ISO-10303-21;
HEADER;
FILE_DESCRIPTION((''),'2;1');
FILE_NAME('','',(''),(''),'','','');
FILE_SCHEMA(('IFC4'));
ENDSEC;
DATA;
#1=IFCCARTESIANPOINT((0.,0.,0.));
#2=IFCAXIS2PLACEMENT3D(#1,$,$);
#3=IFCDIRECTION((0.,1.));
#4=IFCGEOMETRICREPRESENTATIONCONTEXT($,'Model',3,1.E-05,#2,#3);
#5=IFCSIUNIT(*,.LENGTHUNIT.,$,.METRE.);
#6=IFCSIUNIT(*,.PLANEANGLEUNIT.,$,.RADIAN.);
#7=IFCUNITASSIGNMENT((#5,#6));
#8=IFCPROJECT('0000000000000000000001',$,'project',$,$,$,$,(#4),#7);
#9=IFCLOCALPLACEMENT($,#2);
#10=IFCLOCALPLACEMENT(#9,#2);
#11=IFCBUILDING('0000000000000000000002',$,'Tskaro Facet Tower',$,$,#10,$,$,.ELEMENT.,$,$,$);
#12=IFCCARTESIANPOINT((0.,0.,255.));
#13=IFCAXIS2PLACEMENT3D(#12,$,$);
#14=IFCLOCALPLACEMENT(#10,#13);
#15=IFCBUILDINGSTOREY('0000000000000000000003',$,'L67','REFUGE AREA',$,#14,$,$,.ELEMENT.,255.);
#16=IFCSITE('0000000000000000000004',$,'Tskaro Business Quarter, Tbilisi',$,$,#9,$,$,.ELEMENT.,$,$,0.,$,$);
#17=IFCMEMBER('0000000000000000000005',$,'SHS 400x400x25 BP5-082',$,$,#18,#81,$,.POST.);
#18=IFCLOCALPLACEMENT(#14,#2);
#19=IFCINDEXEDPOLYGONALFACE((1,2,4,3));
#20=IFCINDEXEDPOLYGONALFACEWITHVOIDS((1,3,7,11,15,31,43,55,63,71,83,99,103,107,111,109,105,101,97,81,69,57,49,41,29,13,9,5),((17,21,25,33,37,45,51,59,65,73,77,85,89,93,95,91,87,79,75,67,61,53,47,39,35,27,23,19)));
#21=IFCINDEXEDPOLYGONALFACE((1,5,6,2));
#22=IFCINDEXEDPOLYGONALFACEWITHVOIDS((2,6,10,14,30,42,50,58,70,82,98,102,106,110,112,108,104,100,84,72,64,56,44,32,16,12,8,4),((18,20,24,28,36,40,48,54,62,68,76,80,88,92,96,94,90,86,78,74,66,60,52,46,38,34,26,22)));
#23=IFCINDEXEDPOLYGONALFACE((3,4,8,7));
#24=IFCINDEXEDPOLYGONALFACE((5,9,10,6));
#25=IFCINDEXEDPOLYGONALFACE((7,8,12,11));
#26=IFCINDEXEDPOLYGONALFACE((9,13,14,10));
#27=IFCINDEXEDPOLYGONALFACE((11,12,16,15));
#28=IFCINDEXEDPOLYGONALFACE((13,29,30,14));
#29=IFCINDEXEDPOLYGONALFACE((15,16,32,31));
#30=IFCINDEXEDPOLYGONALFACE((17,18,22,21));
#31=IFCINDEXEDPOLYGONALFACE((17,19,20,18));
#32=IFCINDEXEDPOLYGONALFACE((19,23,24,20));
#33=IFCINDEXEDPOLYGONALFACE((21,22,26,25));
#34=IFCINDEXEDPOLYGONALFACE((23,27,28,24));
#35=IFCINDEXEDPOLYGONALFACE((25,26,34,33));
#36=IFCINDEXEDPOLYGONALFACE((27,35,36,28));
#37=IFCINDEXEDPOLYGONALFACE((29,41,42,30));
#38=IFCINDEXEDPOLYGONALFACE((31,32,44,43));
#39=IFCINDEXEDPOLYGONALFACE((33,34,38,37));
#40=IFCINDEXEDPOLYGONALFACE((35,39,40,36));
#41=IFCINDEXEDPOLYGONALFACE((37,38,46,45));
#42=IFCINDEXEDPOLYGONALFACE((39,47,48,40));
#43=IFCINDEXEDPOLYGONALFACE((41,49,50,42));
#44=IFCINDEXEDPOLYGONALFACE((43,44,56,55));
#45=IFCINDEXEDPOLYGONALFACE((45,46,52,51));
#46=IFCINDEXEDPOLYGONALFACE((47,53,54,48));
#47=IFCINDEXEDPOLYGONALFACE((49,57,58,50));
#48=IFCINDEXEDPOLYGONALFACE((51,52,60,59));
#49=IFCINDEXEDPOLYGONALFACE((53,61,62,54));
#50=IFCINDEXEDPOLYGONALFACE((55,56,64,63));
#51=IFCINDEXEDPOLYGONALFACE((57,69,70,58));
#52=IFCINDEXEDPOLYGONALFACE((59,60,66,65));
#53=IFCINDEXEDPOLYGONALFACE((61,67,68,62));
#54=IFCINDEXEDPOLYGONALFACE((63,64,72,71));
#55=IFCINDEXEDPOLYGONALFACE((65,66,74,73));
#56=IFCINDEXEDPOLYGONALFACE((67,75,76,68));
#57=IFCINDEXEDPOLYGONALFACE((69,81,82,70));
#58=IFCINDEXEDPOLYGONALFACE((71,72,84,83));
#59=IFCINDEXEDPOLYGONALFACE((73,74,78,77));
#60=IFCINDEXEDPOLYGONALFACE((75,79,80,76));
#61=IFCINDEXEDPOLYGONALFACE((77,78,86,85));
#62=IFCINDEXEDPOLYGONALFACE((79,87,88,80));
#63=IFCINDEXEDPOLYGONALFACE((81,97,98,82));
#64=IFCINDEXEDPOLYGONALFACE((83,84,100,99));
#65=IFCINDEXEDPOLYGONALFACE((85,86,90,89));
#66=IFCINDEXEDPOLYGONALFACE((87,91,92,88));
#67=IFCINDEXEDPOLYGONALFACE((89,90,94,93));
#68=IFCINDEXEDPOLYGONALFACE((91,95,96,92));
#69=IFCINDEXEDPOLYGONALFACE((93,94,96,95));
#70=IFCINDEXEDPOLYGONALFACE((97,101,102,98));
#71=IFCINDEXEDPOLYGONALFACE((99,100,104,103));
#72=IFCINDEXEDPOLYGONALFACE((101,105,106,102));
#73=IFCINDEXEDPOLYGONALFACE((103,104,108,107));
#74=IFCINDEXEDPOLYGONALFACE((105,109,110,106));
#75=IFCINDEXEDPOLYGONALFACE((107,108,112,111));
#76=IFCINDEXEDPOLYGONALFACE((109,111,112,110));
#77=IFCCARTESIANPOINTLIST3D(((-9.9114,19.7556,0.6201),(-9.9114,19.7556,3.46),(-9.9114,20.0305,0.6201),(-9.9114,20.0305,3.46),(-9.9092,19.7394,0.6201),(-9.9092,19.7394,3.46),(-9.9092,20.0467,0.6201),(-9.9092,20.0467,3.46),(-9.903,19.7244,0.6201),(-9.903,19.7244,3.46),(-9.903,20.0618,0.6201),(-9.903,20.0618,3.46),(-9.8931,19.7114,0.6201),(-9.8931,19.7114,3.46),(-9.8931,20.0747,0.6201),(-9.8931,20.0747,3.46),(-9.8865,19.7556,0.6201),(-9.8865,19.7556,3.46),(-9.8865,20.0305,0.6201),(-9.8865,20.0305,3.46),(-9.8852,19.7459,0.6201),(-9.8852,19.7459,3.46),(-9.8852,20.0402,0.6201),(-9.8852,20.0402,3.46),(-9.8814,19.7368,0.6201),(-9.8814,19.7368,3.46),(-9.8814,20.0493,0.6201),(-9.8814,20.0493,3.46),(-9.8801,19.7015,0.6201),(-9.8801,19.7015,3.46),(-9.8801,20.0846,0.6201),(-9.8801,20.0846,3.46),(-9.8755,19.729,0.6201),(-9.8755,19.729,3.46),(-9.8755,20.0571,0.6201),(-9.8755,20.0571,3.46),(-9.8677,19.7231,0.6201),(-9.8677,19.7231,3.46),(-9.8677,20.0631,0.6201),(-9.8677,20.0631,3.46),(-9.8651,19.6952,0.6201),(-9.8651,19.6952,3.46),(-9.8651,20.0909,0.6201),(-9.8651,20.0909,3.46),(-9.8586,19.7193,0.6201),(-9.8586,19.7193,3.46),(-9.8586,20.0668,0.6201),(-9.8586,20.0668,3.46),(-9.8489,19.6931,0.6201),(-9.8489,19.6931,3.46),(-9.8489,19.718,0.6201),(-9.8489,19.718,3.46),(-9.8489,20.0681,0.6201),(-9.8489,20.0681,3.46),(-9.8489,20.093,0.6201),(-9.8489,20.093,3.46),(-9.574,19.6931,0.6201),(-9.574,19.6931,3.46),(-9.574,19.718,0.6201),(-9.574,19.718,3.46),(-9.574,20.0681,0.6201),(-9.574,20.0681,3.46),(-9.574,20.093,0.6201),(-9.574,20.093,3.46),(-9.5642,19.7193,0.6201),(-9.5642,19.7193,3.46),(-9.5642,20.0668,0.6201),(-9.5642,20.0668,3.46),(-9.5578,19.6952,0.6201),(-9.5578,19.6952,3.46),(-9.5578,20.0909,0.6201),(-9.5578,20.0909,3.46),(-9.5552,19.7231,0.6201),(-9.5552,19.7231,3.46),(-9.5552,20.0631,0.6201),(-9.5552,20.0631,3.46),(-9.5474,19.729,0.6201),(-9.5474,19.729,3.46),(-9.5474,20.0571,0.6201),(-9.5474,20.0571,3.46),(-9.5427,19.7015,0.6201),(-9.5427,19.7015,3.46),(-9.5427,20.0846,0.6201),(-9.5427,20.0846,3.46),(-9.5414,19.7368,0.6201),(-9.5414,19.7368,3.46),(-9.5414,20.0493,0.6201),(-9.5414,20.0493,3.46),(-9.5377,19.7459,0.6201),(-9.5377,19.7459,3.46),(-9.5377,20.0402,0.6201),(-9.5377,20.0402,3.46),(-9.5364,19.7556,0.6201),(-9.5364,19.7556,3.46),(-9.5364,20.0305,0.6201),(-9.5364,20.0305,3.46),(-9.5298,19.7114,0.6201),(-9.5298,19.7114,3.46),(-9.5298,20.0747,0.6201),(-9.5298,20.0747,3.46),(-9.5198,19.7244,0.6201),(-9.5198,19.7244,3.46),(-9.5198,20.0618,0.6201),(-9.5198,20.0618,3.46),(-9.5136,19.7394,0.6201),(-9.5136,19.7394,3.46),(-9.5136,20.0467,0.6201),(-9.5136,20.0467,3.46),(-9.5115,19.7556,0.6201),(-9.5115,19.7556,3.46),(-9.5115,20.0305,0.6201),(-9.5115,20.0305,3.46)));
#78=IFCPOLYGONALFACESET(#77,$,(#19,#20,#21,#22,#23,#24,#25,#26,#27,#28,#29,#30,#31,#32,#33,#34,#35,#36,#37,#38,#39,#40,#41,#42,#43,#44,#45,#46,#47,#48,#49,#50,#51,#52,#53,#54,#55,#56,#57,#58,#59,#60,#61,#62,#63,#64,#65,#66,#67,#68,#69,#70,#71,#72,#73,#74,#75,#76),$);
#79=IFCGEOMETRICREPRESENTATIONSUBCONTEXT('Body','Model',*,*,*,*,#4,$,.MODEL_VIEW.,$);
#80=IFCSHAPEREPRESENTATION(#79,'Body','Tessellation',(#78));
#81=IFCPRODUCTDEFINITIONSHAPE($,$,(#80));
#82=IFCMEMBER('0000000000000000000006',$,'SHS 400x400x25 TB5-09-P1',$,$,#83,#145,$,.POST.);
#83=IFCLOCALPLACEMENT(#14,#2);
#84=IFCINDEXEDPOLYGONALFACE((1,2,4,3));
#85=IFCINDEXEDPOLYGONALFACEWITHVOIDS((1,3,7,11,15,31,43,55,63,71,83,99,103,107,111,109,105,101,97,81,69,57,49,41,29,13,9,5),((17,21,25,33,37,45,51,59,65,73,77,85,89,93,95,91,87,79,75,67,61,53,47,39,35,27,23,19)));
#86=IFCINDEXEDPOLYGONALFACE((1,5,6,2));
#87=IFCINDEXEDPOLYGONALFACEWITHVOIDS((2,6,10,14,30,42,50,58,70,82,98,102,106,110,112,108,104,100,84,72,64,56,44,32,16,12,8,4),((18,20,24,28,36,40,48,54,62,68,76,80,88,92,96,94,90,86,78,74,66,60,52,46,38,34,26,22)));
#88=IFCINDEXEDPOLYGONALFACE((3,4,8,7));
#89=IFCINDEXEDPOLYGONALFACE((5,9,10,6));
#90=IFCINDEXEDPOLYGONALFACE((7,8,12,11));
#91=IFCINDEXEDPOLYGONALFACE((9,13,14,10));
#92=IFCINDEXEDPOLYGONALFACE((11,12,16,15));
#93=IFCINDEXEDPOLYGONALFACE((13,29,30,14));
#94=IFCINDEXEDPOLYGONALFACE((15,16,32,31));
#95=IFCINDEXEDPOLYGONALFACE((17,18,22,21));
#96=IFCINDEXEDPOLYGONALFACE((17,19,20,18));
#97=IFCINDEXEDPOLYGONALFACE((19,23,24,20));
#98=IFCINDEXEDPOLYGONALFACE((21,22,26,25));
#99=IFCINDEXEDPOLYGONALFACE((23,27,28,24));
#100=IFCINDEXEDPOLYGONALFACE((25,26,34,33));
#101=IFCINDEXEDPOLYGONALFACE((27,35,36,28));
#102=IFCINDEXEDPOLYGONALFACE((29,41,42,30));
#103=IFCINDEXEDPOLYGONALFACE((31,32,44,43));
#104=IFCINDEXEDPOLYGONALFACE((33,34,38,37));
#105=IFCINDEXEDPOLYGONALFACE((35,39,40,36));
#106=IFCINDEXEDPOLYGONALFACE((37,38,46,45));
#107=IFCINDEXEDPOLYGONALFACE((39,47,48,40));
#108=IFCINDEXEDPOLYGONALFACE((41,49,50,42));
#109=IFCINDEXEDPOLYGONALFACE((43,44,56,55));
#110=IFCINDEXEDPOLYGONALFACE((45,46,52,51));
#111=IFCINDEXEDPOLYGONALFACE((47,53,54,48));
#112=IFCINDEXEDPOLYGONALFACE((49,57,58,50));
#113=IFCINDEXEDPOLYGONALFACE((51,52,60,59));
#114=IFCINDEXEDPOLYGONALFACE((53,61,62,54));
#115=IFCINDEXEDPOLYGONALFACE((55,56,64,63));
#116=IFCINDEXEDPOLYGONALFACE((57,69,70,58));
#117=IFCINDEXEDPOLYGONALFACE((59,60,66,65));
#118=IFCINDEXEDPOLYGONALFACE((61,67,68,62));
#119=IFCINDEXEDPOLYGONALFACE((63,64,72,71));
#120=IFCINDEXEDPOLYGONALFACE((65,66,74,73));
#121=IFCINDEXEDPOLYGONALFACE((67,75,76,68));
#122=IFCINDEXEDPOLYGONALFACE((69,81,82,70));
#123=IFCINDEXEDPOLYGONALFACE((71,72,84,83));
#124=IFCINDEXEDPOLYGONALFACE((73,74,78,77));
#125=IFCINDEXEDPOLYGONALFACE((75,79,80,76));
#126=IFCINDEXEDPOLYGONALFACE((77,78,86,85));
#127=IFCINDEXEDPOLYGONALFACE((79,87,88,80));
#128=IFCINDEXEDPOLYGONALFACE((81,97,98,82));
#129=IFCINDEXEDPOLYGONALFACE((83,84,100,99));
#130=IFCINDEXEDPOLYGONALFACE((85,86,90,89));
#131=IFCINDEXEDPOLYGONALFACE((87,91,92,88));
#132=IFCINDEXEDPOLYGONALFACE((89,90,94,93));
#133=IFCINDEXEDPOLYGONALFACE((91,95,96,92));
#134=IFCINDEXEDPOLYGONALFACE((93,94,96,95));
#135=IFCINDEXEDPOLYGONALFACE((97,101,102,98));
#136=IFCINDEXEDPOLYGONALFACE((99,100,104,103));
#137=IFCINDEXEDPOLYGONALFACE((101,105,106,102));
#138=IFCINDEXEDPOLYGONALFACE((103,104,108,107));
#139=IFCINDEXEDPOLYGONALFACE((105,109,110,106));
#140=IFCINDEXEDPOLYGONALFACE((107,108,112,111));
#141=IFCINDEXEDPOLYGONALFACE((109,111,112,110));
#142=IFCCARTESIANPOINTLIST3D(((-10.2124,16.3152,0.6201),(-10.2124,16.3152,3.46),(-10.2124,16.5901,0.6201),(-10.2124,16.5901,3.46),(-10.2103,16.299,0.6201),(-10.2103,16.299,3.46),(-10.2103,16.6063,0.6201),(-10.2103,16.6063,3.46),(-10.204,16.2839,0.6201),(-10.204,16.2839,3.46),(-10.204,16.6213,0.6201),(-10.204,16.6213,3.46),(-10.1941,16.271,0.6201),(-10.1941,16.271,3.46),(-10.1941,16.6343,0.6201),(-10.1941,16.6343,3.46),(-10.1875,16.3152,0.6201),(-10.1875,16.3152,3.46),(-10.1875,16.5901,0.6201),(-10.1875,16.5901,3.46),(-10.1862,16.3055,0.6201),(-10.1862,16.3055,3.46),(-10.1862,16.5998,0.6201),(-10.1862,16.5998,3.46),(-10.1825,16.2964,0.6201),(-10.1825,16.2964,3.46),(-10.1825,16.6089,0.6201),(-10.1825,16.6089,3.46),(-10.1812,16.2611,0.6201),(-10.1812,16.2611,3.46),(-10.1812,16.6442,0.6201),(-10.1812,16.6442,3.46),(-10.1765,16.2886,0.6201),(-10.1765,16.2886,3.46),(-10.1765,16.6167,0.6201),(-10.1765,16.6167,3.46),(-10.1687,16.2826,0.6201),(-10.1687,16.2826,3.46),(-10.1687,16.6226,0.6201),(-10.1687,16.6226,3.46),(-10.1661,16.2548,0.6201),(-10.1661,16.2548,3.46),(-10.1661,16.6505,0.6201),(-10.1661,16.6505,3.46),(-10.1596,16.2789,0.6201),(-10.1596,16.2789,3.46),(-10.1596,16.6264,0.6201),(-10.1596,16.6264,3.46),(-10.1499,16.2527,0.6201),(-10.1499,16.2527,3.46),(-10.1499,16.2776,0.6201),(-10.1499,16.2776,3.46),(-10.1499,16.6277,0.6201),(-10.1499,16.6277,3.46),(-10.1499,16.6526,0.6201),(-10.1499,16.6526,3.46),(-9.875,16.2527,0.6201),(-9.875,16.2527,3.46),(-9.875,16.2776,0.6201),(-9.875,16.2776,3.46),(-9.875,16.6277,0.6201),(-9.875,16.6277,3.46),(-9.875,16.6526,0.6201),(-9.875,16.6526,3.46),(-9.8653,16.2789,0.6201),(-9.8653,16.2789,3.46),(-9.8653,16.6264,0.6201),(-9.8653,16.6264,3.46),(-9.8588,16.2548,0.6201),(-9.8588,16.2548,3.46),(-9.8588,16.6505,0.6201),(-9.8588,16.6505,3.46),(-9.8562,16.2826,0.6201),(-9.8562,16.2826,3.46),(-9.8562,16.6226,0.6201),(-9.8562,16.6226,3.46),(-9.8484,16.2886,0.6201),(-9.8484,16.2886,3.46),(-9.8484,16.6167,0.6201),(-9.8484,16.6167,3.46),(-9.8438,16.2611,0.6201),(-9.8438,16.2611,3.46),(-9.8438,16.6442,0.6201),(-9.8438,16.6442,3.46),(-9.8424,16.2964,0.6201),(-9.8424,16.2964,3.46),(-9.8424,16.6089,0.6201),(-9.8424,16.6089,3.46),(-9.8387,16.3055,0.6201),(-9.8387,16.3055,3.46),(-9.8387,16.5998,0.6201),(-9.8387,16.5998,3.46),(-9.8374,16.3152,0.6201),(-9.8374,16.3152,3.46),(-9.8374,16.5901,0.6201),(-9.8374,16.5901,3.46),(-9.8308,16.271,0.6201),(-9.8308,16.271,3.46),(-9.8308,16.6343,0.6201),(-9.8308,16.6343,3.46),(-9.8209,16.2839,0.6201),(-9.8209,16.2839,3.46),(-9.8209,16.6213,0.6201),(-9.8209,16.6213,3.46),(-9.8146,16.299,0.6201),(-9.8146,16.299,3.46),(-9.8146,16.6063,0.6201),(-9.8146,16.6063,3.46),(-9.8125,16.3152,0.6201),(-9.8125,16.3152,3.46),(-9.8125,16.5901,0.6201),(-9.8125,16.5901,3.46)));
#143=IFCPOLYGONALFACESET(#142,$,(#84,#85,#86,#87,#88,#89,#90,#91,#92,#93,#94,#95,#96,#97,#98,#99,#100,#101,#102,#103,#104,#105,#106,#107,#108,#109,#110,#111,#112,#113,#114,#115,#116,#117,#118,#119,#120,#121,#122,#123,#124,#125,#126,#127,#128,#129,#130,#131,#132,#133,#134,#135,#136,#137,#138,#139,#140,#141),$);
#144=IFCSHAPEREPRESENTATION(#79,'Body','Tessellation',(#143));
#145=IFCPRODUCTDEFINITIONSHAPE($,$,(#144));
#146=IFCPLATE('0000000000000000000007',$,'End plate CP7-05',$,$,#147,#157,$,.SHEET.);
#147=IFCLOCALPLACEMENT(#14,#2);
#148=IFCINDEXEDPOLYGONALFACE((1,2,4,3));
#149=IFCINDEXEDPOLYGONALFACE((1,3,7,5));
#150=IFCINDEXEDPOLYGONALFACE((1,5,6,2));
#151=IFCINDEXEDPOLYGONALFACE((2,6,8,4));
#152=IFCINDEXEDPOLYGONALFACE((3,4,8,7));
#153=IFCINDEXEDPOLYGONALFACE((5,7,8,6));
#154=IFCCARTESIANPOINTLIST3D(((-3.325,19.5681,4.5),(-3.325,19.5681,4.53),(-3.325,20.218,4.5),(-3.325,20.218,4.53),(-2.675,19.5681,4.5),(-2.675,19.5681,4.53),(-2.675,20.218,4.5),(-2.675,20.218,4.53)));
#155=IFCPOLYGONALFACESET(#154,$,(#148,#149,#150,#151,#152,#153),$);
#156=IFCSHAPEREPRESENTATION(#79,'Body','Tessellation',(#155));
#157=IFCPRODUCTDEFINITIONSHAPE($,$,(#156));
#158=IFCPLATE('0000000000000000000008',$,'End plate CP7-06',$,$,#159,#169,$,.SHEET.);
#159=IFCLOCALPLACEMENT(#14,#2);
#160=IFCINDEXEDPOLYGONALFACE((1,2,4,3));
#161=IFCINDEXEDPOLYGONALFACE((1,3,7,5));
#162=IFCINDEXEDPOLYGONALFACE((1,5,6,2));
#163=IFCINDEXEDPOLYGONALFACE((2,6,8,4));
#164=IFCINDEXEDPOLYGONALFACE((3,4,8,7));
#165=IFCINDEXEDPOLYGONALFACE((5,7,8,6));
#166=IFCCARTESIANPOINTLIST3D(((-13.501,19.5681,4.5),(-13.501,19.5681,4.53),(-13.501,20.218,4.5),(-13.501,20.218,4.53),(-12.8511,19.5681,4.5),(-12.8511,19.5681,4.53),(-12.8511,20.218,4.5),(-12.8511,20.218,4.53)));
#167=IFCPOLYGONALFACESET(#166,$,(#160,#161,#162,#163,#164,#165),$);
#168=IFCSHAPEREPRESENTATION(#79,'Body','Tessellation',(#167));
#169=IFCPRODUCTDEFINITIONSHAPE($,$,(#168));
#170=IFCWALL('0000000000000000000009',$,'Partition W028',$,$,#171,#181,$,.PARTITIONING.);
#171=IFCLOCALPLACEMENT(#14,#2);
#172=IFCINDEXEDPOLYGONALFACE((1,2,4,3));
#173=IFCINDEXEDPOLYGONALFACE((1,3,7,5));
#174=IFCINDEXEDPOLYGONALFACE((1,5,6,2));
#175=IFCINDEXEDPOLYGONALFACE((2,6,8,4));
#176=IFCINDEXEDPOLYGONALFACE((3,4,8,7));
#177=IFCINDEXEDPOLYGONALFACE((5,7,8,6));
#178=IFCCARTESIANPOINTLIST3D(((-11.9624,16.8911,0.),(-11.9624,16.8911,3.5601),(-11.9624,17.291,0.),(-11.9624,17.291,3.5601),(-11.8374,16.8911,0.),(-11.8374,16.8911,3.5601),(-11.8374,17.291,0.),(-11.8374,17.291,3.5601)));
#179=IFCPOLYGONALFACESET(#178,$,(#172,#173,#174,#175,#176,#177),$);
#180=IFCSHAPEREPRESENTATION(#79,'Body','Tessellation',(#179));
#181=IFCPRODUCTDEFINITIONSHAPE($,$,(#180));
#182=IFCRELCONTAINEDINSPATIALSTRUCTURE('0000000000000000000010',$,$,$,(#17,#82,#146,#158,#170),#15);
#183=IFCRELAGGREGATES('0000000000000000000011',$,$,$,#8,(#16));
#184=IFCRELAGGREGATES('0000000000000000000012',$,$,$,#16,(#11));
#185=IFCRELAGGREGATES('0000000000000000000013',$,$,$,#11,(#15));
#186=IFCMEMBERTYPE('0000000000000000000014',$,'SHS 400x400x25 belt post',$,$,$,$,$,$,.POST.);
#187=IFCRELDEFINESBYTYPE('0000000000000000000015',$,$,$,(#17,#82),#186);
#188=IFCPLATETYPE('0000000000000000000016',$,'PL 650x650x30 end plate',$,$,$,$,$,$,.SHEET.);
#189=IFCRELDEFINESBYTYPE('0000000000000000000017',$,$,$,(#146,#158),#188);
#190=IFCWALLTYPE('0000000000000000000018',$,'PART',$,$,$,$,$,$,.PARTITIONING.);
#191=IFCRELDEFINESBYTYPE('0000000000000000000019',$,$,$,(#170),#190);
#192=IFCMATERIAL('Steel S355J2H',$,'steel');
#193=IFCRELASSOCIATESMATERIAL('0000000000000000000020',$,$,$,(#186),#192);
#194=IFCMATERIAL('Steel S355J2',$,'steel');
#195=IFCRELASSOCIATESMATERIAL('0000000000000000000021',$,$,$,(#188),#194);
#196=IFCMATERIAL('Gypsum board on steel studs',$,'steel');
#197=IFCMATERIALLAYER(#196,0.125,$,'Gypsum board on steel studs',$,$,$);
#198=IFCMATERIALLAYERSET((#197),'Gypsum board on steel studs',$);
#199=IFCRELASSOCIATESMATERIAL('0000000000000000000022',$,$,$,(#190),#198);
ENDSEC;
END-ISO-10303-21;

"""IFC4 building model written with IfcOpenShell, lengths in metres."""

from ifc_helpers import new_model, si_unit, direction, frame, frame_2d, origin, origin_2d, place, context, subcontext, project, spatial, rectangle, hollow_rectangle, extrude, material, layer, layer_set, material_profile, profile_set, type_object, element, save


model = new_model("IFC4")

# Units and contexts
model_context = context("Model", 3, precision=1e-05, world=origin(), true_north=direction((0.0, 1.0)))
body_context = subcontext(model_context, "Body", "Model", "MODEL_VIEW")
ifc_project = project(units=[si_unit("LENGTHUNIT", "METRE"), si_unit("PLANEANGLEUNIT", "RADIAN")], contexts=[model_context])

# Site, building, storey
site_placement = place(None, origin())
site = spatial("IfcSite", under=ifc_project, at=site_placement, Name="Tskaro Business Quarter, Tbilisi", CompositionType="ELEMENT", RefElevation=0.0)
building_placement = place(site_placement, origin())
building = spatial("IfcBuilding", under=site, at=building_placement, Name="Tskaro Facet Tower", CompositionType="ELEMENT")
storey_placement = place(building_placement, frame((0.0, 0.0, 255.0)))
storey = spatial("IfcBuildingStorey", under=building, at=storey_placement, Name="L67", Description="REFUGE AREA", CompositionType="ELEMENT", Elevation=255.0)

# Shared definitions
ifc_material_1 = material(Name="Steel S355J2", Category="steel")
ifc_material_2 = material(Name="Steel S355J2H", Category="steel")

# Members
ifc_material_profile_1 = material_profile(ifc_material_2, hollow_rectangle(XDim=0.3999, YDim=0.3999, WallThickness=0.0249, InnerFilletRadius=0.0376, OuterFilletRadius=0.0625, at=origin_2d()), Name="SHS 400x400x25")
ifc_profile_set_1 = profile_set([ifc_material_profile_1], Name="Steel S355J2H")
member_type_1 = type_object("IfcMemberType", Name="SHS 400x400x25 belt post", PredefinedType="POST", material=ifc_profile_set_1)
for number, where, z_axis, x_axis, name in (
    (1, (-9.7114, 19.8931, 0.6201), (0.0, 0.0, 1.0), (1.0, 0.0, 0.0), "SHS 400x400x25 BP5-082"),
    (2, (-10.0125, 16.4526, 0.6201), (0.0, 0.0, 1.0), (1.0, 0.0, 0.0), "SHS 400x400x25 TB5-09-P1"),
):
    element("IfcMember", number, at=place(storey_placement, frame(where, z_axis=z_axis, x_axis=x_axis)), inside=storey, type_object=member_type_1, Name=name, PredefinedType="POST", context=body_context, shape_type="SweptSolid", body=[
        extrude(hollow_rectangle(XDim=0.3999, YDim=0.3999, WallThickness=0.0249, InnerFilletRadius=0.0376, OuterFilletRadius=0.0625, at=origin_2d()), origin(), (0.0, 0.0, 1.0), 2.8398),
    ])

# Plates
ifc_material_profile_2 = material_profile(ifc_material_1, rectangle(XDim=0.6499, YDim=0.6499, at=origin_2d()), Name="PL 650x650x30 end plate")
ifc_profile_set_2 = profile_set([ifc_material_profile_2], Name="Steel S355J2")
plate_type = type_object("IfcPlateType", Name="PL 650x650x30 end plate", PredefinedType="SHEET", material=ifc_profile_set_2)
for number, where, z_axis, x_axis, name in (
    (3, (-3.0, 19.8931, 4.5), (0.0, 0.0, 1.0), (1.0, 0.0, 0.0), "End plate CP7-05"),
    (4, (-13.176, 19.8931, 4.5), (0.0, 0.0, 1.0), (1.0, 0.0, 0.0), "End plate CP7-06"),
):
    element("IfcPlate", number, at=place(storey_placement, frame(where, z_axis=z_axis, x_axis=x_axis)), inside=storey, type_object=plate_type, Name=name, PredefinedType="SHEET", context=body_context, shape_type="SweptSolid", body=[
        extrude(rectangle(XDim=0.6499, YDim=0.6499, at=origin_2d()), origin(), (0.0, 0.0, 1.0), 0.03),
    ])

# Wall
ifc_material_3 = material(Name="Gypsum board on steel studs", Category="steel")
ifc_layer = layer(ifc_material_3, 0.125, Name="Gypsum board on steel studs")
ifc_layer_set = layer_set([ifc_layer], Name="Gypsum board on steel studs")
wall_type = type_object("IfcWallType", Name="PART", PredefinedType="PARTITIONING", material=ifc_layer_set)
wall_placement = place(storey_placement, frame((-11.8999, 16.8911, 0.0), z_axis=(0.0, 0.0, 1.0), x_axis=(0.0, 1.0, 0.0)))
element("IfcWall", 5, at=wall_placement, inside=storey, type_object=wall_type, Name="Partition W028", PredefinedType="PARTITIONING", context=body_context, shape_type="SweptSolid", body=[
    extrude(rectangle(XDim=0.3999, YDim=0.125, at=frame_2d((0.2, 0.0))), origin(), (0.0, 0.0, 1.0), 3.5601),
])

save(model, "model.ifc")
